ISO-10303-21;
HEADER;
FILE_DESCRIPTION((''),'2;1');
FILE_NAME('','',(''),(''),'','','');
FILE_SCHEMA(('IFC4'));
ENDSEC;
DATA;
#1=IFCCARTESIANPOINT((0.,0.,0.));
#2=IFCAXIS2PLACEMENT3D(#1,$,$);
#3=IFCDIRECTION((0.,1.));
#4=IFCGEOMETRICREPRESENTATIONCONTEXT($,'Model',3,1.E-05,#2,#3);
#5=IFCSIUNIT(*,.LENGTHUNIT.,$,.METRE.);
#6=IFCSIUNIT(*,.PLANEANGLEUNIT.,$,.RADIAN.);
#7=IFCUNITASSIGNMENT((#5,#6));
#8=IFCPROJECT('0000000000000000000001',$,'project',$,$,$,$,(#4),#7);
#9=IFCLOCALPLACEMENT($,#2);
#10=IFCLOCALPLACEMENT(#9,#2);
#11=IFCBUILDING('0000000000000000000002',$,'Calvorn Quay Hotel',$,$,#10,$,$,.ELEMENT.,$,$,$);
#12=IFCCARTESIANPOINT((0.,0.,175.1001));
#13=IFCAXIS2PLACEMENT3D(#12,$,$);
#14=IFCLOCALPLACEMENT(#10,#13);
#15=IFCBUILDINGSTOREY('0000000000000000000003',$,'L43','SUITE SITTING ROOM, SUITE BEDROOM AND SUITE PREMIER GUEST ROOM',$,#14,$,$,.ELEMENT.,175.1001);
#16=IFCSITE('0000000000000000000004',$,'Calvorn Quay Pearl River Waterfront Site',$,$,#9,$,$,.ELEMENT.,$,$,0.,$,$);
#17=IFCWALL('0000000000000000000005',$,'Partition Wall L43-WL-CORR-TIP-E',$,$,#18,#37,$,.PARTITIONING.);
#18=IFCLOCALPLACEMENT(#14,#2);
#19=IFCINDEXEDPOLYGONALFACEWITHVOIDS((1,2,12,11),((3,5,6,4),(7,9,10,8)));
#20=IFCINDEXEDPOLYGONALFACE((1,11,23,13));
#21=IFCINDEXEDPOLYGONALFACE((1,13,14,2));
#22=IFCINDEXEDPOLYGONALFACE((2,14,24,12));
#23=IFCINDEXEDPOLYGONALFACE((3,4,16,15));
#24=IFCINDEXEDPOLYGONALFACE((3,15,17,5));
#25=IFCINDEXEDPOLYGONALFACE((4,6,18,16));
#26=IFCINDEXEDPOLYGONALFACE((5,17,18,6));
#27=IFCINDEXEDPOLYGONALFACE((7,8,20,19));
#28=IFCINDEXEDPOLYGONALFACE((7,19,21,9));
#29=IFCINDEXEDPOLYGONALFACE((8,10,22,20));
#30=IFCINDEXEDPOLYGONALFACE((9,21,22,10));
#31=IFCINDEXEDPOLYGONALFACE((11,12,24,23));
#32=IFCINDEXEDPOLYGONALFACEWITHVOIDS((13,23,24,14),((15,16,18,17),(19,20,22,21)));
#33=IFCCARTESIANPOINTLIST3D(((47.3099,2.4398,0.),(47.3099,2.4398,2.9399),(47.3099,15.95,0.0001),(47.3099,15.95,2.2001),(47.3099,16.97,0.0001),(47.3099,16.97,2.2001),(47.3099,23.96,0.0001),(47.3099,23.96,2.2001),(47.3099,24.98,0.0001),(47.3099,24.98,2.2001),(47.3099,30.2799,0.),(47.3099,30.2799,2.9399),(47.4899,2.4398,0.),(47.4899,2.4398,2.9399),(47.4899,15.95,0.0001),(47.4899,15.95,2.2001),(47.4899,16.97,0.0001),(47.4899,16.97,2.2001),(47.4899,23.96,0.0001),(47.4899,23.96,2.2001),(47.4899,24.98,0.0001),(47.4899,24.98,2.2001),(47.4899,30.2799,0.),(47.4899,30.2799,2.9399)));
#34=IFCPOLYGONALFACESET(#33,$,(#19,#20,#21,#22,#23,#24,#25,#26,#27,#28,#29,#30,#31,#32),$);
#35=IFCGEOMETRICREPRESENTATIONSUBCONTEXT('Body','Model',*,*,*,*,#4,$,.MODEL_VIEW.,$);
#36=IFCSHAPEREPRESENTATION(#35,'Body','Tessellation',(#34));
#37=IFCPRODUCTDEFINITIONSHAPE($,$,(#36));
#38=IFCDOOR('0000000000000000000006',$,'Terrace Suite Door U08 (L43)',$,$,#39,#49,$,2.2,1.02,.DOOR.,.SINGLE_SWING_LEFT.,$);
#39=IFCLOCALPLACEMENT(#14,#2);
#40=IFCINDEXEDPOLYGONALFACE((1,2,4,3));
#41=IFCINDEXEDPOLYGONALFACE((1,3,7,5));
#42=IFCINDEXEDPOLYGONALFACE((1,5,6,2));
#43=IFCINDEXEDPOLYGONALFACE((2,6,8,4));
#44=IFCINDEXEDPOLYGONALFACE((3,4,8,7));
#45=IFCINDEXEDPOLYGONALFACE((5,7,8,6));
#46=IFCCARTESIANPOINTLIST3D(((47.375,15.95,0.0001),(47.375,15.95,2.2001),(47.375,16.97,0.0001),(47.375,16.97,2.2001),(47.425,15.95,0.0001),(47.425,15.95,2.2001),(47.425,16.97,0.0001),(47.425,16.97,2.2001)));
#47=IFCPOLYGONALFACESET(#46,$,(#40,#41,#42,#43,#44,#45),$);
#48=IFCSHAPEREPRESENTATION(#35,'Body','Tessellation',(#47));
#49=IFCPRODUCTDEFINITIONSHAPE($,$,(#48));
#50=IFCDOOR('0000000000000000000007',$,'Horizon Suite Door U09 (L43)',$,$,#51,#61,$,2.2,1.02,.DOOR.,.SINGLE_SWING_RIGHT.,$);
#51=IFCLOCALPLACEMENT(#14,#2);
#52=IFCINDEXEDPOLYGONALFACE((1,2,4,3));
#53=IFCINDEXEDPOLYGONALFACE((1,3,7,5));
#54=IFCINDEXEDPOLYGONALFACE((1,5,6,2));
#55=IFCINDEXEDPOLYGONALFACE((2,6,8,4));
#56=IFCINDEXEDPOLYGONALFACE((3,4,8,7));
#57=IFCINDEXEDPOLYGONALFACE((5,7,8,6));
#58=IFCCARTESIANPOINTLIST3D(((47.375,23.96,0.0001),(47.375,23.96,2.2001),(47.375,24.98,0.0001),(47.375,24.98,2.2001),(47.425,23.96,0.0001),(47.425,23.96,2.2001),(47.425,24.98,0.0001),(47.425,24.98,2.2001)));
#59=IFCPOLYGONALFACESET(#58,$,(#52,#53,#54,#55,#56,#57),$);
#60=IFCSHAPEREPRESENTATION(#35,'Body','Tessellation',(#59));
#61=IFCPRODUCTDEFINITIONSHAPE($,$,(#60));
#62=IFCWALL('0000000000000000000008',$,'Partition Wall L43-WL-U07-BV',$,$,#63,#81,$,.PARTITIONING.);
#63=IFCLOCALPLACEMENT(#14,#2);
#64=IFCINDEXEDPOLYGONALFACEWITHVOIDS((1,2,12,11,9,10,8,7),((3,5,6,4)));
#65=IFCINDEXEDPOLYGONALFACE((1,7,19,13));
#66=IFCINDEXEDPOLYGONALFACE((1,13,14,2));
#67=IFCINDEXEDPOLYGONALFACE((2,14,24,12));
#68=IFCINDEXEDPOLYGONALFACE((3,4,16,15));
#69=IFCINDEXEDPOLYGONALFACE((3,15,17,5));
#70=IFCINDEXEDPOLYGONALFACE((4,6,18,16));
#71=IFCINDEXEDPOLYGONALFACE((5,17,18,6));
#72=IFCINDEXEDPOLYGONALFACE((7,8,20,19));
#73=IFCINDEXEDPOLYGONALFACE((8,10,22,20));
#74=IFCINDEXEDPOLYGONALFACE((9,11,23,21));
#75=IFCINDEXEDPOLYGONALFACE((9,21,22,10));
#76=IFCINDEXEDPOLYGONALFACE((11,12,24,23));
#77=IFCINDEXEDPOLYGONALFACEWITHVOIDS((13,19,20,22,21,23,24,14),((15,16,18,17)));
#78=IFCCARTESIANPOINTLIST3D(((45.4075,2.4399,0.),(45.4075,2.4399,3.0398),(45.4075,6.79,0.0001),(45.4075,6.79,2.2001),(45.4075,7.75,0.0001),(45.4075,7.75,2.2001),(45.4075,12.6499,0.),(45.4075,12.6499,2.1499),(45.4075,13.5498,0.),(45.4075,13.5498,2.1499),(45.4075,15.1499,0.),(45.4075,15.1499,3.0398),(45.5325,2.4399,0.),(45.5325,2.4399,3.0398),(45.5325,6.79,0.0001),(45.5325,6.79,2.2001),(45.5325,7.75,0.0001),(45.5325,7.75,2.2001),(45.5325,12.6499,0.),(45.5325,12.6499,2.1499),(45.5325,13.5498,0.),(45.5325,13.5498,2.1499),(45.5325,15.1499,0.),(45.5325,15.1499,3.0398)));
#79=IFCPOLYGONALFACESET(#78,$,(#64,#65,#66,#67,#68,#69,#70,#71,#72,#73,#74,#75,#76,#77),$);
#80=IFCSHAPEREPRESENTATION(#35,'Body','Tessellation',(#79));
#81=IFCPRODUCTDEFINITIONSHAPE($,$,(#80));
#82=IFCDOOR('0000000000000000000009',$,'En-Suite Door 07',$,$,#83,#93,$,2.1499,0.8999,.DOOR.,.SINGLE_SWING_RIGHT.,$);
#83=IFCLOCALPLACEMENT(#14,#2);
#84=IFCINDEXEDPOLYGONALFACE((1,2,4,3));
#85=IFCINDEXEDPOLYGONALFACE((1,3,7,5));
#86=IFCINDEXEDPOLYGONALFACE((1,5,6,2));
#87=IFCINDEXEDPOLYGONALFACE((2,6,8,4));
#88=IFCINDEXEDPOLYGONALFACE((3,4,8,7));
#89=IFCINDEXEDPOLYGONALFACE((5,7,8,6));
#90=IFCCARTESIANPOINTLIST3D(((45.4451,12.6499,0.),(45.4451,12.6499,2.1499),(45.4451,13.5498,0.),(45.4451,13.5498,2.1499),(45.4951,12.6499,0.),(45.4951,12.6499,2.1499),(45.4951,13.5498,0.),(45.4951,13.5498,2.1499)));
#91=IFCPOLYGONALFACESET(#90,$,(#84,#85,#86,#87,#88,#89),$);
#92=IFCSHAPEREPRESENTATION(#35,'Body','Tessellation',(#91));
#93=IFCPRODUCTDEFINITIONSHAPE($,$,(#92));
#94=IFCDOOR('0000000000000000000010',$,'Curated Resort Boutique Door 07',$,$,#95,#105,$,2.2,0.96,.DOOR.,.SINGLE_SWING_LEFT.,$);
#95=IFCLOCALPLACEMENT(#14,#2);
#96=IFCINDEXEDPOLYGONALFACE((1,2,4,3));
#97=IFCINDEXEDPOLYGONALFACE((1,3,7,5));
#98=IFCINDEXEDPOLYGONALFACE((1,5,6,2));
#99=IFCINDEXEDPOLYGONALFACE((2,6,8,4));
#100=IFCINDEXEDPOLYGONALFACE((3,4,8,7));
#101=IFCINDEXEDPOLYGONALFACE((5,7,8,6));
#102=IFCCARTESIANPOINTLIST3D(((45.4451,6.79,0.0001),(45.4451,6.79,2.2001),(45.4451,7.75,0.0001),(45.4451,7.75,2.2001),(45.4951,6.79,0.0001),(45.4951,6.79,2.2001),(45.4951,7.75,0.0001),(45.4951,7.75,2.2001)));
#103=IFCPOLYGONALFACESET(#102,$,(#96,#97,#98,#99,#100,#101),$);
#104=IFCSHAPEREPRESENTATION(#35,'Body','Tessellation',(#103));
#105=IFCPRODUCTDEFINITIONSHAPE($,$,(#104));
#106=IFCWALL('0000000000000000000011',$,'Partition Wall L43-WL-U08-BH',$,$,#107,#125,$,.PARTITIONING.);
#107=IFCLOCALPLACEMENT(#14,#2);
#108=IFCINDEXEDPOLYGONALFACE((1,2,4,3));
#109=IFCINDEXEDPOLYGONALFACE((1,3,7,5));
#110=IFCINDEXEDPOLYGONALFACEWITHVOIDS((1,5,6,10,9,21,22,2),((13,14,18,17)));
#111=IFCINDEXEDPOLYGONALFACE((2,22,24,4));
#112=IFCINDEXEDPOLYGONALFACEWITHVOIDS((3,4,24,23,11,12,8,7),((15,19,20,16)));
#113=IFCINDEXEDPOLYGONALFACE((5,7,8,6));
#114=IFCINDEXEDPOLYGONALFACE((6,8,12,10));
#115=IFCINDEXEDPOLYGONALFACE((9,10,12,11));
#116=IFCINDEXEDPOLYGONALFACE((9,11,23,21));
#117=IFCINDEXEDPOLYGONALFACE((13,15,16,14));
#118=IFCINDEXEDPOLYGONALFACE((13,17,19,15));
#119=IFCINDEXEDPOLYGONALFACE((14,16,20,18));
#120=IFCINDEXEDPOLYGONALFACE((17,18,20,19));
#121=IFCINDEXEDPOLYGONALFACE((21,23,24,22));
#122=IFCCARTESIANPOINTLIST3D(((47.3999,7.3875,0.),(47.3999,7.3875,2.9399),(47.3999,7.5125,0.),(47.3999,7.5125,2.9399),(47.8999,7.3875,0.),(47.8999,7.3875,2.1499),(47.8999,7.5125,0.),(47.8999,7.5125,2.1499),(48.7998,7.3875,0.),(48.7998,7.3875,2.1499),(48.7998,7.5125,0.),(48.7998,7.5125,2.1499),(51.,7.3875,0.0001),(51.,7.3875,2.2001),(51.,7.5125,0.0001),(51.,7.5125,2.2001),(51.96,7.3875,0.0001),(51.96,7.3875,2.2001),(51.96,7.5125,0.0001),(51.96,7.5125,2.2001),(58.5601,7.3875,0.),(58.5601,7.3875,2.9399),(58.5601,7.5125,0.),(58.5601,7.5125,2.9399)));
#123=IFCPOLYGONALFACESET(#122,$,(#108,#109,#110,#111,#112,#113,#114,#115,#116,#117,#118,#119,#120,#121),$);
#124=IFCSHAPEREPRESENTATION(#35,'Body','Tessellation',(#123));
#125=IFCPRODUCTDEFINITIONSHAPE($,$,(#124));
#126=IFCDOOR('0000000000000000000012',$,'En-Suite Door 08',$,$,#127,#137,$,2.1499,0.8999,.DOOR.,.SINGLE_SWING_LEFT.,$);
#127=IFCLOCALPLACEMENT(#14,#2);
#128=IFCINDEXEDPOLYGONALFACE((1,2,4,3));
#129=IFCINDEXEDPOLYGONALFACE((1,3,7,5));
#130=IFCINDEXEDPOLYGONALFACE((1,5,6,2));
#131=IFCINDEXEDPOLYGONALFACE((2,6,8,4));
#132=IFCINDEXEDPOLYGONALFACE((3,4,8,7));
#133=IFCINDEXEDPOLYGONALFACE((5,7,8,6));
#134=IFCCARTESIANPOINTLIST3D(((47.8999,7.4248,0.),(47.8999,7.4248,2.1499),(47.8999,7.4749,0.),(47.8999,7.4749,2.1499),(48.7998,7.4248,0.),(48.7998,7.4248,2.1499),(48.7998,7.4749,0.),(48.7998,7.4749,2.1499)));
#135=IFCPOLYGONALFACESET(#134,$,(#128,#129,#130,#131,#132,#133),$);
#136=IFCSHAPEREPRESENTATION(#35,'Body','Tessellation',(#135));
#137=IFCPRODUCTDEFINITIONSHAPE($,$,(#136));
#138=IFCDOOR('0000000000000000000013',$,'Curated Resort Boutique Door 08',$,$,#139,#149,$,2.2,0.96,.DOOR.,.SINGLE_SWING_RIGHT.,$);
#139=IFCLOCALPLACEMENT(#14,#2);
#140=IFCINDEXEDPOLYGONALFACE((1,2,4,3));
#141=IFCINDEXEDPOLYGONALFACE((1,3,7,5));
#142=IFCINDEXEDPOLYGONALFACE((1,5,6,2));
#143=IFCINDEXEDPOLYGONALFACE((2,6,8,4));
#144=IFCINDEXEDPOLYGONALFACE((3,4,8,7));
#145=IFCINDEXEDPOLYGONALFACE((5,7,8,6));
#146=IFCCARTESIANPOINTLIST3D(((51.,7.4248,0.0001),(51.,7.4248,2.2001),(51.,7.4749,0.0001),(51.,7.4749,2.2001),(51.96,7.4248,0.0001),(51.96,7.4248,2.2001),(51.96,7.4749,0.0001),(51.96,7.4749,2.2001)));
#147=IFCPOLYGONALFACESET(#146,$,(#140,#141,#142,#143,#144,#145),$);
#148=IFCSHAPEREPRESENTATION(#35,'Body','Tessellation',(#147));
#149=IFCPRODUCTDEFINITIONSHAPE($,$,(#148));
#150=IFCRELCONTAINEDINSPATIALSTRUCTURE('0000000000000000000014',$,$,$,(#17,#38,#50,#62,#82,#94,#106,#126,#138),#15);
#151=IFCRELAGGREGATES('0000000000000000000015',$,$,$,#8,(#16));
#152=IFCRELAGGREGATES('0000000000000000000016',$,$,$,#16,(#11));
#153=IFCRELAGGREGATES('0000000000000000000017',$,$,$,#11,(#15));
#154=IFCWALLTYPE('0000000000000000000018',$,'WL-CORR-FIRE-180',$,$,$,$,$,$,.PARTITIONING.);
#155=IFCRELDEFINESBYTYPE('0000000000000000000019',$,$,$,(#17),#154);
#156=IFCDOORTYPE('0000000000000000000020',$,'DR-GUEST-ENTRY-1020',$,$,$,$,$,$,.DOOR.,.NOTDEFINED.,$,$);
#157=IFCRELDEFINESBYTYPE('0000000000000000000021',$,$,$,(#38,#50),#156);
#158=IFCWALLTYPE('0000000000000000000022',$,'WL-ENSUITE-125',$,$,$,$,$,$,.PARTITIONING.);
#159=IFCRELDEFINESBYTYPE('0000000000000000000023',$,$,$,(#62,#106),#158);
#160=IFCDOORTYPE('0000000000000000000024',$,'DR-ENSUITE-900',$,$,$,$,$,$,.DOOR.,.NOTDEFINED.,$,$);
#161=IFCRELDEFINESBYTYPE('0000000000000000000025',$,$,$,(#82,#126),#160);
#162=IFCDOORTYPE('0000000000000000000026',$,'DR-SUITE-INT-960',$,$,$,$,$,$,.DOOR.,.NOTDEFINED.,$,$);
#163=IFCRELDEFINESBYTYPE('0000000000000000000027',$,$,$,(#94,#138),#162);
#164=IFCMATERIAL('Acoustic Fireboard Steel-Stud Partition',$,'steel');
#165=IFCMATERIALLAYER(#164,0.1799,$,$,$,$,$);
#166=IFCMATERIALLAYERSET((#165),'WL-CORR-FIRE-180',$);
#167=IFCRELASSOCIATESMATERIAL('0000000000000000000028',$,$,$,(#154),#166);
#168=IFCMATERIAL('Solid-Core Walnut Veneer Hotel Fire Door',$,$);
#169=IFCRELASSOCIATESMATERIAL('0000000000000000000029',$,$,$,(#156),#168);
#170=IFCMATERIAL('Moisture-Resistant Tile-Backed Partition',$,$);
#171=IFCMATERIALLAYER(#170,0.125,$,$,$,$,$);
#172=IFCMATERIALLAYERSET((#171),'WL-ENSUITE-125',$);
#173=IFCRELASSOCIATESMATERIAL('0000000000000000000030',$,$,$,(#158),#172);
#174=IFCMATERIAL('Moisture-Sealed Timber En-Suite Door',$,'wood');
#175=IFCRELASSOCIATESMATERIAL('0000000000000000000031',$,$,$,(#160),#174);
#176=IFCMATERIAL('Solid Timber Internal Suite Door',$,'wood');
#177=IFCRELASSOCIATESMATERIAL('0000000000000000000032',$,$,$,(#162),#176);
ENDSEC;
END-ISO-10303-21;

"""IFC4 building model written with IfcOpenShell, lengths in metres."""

from ifc_helpers import new_model, si_unit, direction, frame, frame_2d, origin, place, context, subcontext, project, spatial, rectangle, extrude, material, layer, layer_set, type_object, element, fill, save


model = new_model("IFC4")

# Units and contexts
model_context = context("Model", 3, precision=1e-05, world=origin(), true_north=direction((0.0, 1.0)))
body_context = subcontext(model_context, "Body", "Model", "MODEL_VIEW")
ifc_project = project(units=[si_unit("LENGTHUNIT", "METRE"), si_unit("PLANEANGLEUNIT", "RADIAN")], contexts=[model_context])

# Site, building, storey
site_placement = place(None, origin())
site = spatial("IfcSite", under=ifc_project, at=site_placement, Name="Calvorn Quay Pearl River Waterfront Site", CompositionType="ELEMENT", RefElevation=0.0)
building_placement = place(site_placement, origin())
building = spatial("IfcBuilding", under=site, at=building_placement, Name="Calvorn Quay Hotel", CompositionType="ELEMENT")
storey_placement = place(building_placement, frame((0.0, 0.0, 175.1001)))
storey = spatial("IfcBuildingStorey", under=building, at=storey_placement, Name="L43", Description="SUITE SITTING ROOM, SUITE BEDROOM AND SUITE PREMIER GUEST ROOM", CompositionType="ELEMENT", Elevation=175.1001)

# Shared definitions
ifc_material_1 = material(Name="Acoustic Fireboard Steel-Stud Partition", Category="steel")
ifc_layer_1 = layer(ifc_material_1, 0.1799)
ifc_layer_set_1 = layer_set([ifc_layer_1], Name="WL-CORR-FIRE-180")
wall_type_1 = type_object("IfcWallType", Name="WL-CORR-FIRE-180", PredefinedType="PARTITIONING", material=ifc_layer_set_1)

# Walls, openings, doors
wall_1_placement = place(storey_placement, frame((47.3999, 2.4399, 0.0), z_axis=(0.0, 0.0, 1.0), x_axis=(0.0, 1.0, 0.0)))
wall_1 = element("IfcWall", 1, at=wall_1_placement, inside=storey, type_object=wall_type_1, Name="Partition Wall L43-WL-CORR-TIP-E", PredefinedType="PARTITIONING", context=body_context, shape_type="SweptSolid", body=[
    extrude(rectangle(XDim=27.8401, YDim=0.1799, at=frame_2d((13.9199, 0.0))), origin(), (0.0, 0.0, 1.0), 2.9399),
])
opening_1_placement = place(wall_1_placement, frame((13.51, 0.0, 0.0)))
opening_1 = element("IfcOpeningElement", 2, at=opening_1_placement, cuts=wall_1, PredefinedType="OPENING", context=body_context, shape_type="SweptSolid", body=[
    extrude(rectangle(XDim=1.02, YDim=2.2, at=frame_2d((0.51, 1.1001))), frame((0.0, 0.0999, 0.0), z_axis=(0.0, -1.0, 0.0), x_axis=(1.0, 0.0, 0.0)), (0.0, 0.0, 1.0), 0.2),
])
opening_2_placement = place(wall_1_placement, frame((21.52, 0.0, 0.0)))
opening_2 = element("IfcOpeningElement", 3, at=opening_2_placement, cuts=wall_1, PredefinedType="OPENING", context=body_context, shape_type="SweptSolid", body=[
    extrude(rectangle(XDim=1.02, YDim=2.2, at=frame_2d((0.51, 1.1001))), frame((0.0, 0.0999, 0.0), z_axis=(0.0, -1.0, 0.0), x_axis=(1.0, 0.0, 0.0)), (0.0, 0.0, 1.0), 0.2),
])
ifc_material_2 = material(Name="Solid-Core Walnut Veneer Hotel Fire Door")
door_type_1 = type_object("IfcDoorType", Name="DR-GUEST-ENTRY-1020", OperationType="NOTDEFINED", PredefinedType="DOOR", material=ifc_material_2)
door_1_placement = place(opening_1_placement, origin())
door_1 = element("IfcDoor", 4, at=door_1_placement, inside=storey, type_object=door_type_1, Name="Terrace Suite Door U08 (L43)", OperationType="SINGLE_SWING_LEFT", OverallHeight=2.2, OverallWidth=1.02, PredefinedType="DOOR", context=body_context, shape_type="SweptSolid", body=[
    extrude(rectangle(XDim=1.02, YDim=2.2, at=frame_2d((0.51, 1.1001))), frame((0.0, 0.0249, 0.0), z_axis=(0.0, -1.0, 0.0), x_axis=(1.0, 0.0, 0.0)), (0.0, 0.0, 1.0), 0.05),
])
fill(opening_1, door_1)
door_2_placement = place(opening_2_placement, origin())
door_2 = element("IfcDoor", 5, at=door_2_placement, inside=storey, type_object=door_type_1, Name="Horizon Suite Door U09 (L43)", OperationType="SINGLE_SWING_RIGHT", OverallHeight=2.2, OverallWidth=1.02, PredefinedType="DOOR", context=body_context, shape_type="SweptSolid", body=[
    extrude(rectangle(XDim=1.02, YDim=2.2, at=frame_2d((0.51, 1.1001))), frame((0.0, 0.0249, 0.0), z_axis=(0.0, -1.0, 0.0), x_axis=(1.0, 0.0, 0.0)), (0.0, 0.0, 1.0), 0.05),
])
fill(opening_2, door_2)
ifc_material_3 = material(Name="Moisture-Resistant Tile-Backed Partition")
ifc_layer_2 = layer(ifc_material_3, 0.125)
ifc_layer_set_2 = layer_set([ifc_layer_2], Name="WL-ENSUITE-125")
wall_type_2 = type_object("IfcWallType", Name="WL-ENSUITE-125", PredefinedType="PARTITIONING", material=ifc_layer_set_2)
wall_2_placement = place(storey_placement, frame((45.47, 2.4399, 0.0), z_axis=(0.0, 0.0, 1.0), x_axis=(0.0, 1.0, 0.0)))
wall_2 = element("IfcWall", 6, at=wall_2_placement, inside=storey, type_object=wall_type_2, Name="Partition Wall L43-WL-U07-BV", PredefinedType="PARTITIONING", context=body_context, shape_type="SweptSolid", body=[
    extrude(rectangle(XDim=12.71, YDim=0.125, at=frame_2d((6.355, 0.0))), origin(), (0.0, 0.0, 1.0), 3.0398),
])
opening_3_placement = place(wall_2_placement, frame((4.3501, 0.0, 0.0)))
opening_3 = element("IfcOpeningElement", 7, at=opening_3_placement, cuts=wall_2, PredefinedType="OPENING", context=body_context, shape_type="SweptSolid", body=[
    extrude(rectangle(XDim=0.96, YDim=2.2, at=frame_2d((0.48, 1.1001))), frame((0.0, 0.0725, 0.0), z_axis=(0.0, -1.0, 0.0), x_axis=(1.0, 0.0, 0.0)), (0.0, 0.0, 1.0), 0.145),
])
opening_4_placement = place(wall_2_placement, frame((10.21, 0.0, 0.0)))
opening_4 = element("IfcOpeningElement", 8, at=opening_4_placement, cuts=wall_2, PredefinedType="OPENING", context=body_context, shape_type="SweptSolid", body=[
    extrude(rectangle(XDim=0.8999, YDim=2.1499, at=frame_2d((0.45, 1.075))), frame((0.0, 0.0725, 0.0), z_axis=(0.0, -1.0, 0.0), x_axis=(1.0, 0.0, 0.0)), (0.0, 0.0, 1.0), 0.145),
])
ifc_material_4 = material(Name="Moisture-Sealed Timber En-Suite Door", Category="wood")
door_type_2 = type_object("IfcDoorType", Name="DR-ENSUITE-900", OperationType="NOTDEFINED", PredefinedType="DOOR", material=ifc_material_4)
door_3_placement = place(opening_4_placement, origin())
door_3 = element("IfcDoor", 9, at=door_3_placement, inside=storey, type_object=door_type_2, Name="En-Suite Door 07", OperationType="SINGLE_SWING_RIGHT", OverallHeight=2.1499, OverallWidth=0.8999, PredefinedType="DOOR", context=body_context, shape_type="SweptSolid", body=[
    extrude(rectangle(XDim=0.8999, YDim=2.1499, at=frame_2d((0.45, 1.075))), frame((0.0, 0.0249, 0.0), z_axis=(0.0, -1.0, 0.0), x_axis=(1.0, 0.0, 0.0)), (0.0, 0.0, 1.0), 0.05),
])
fill(opening_4, door_3)
ifc_material_5 = material(Name="Solid Timber Internal Suite Door", Category="wood")
door_type_3 = type_object("IfcDoorType", Name="DR-SUITE-INT-960", OperationType="NOTDEFINED", PredefinedType="DOOR", material=ifc_material_5)
door_4_placement = place(opening_3_placement, origin())
door_4 = element("IfcDoor", 10, at=door_4_placement, inside=storey, type_object=door_type_3, Name="Curated Resort Boutique Door 07", OperationType="SINGLE_SWING_LEFT", OverallHeight=2.2, OverallWidth=0.96, PredefinedType="DOOR", context=body_context, shape_type="SweptSolid", body=[
    extrude(rectangle(XDim=0.96, YDim=2.2, at=frame_2d((0.48, 1.1001))), frame((0.0, 0.0249, 0.0), z_axis=(0.0, -1.0, 0.0), x_axis=(1.0, 0.0, 0.0)), (0.0, 0.0, 1.0), 0.05),
])
fill(opening_3, door_4)
wall_3_placement = place(storey_placement, frame((47.3999, 7.45, 0.0), z_axis=(0.0, 0.0, 1.0), x_axis=(1.0, 0.0, 0.0)))
wall_3 = element("IfcWall", 11, at=wall_3_placement, inside=storey, type_object=wall_type_2, Name="Partition Wall L43-WL-U08-BH", PredefinedType="PARTITIONING", context=body_context, shape_type="SweptSolid", body=[
    extrude(rectangle(XDim=11.1602, YDim=0.125, at=frame_2d((5.5801, 0.0))), origin(), (0.0, 0.0, 1.0), 2.9399),
])
opening_5_placement = place(wall_3_placement, frame((0.5, 0.0, 0.0)))
opening_5 = element("IfcOpeningElement", 12, at=opening_5_placement, cuts=wall_3, PredefinedType="OPENING", context=body_context, shape_type="SweptSolid", body=[
    extrude(rectangle(XDim=0.8999, YDim=2.1499, at=frame_2d((0.45, 1.075))), frame((0.0, 0.0725, 0.0), z_axis=(0.0, -1.0, 0.0), x_axis=(1.0, 0.0, 0.0)), (0.0, 0.0, 1.0), 0.145),
])
opening_6_placement = place(wall_3_placement, frame((3.6001, 0.0, 0.0)))
opening_6 = element("IfcOpeningElement", 13, at=opening_6_placement, cuts=wall_3, PredefinedType="OPENING", context=body_context, shape_type="SweptSolid", body=[
    extrude(rectangle(XDim=0.96, YDim=2.2, at=frame_2d((0.48, 1.1001))), frame((0.0, 0.0725, 0.0), z_axis=(0.0, -1.0, 0.0), x_axis=(1.0, 0.0, 0.0)), (0.0, 0.0, 1.0), 0.145),
])
door_5_placement = place(opening_5_placement, origin())
door_5 = element("IfcDoor", 14, at=door_5_placement, inside=storey, type_object=door_type_2, Name="En-Suite Door 08", OperationType="SINGLE_SWING_LEFT", OverallHeight=2.1499, OverallWidth=0.8999, PredefinedType="DOOR", context=body_context, shape_type="SweptSolid", body=[
    extrude(rectangle(XDim=0.8999, YDim=2.1499, at=frame_2d((0.45, 1.075))), frame((0.0, 0.0249, 0.0), z_axis=(0.0, -1.0, 0.0), x_axis=(1.0, 0.0, 0.0)), (0.0, 0.0, 1.0), 0.05),
])
fill(opening_5, door_5)
door_6_placement = place(opening_6_placement, origin())
door_6 = element("IfcDoor", 15, at=door_6_placement, inside=storey, type_object=door_type_3, Name="Curated Resort Boutique Door 08", OperationType="SINGLE_SWING_RIGHT", OverallHeight=2.2, OverallWidth=0.96, PredefinedType="DOOR", context=body_context, shape_type="SweptSolid", body=[
    extrude(rectangle(XDim=0.96, YDim=2.2, at=frame_2d((0.48, 1.1001))), frame((0.0, 0.0249, 0.0), z_axis=(0.0, -1.0, 0.0), x_axis=(1.0, 0.0, 0.0)), (0.0, 0.0, 1.0), 0.05),
])
fill(opening_6, door_6)

save(model, "model.ifc")
